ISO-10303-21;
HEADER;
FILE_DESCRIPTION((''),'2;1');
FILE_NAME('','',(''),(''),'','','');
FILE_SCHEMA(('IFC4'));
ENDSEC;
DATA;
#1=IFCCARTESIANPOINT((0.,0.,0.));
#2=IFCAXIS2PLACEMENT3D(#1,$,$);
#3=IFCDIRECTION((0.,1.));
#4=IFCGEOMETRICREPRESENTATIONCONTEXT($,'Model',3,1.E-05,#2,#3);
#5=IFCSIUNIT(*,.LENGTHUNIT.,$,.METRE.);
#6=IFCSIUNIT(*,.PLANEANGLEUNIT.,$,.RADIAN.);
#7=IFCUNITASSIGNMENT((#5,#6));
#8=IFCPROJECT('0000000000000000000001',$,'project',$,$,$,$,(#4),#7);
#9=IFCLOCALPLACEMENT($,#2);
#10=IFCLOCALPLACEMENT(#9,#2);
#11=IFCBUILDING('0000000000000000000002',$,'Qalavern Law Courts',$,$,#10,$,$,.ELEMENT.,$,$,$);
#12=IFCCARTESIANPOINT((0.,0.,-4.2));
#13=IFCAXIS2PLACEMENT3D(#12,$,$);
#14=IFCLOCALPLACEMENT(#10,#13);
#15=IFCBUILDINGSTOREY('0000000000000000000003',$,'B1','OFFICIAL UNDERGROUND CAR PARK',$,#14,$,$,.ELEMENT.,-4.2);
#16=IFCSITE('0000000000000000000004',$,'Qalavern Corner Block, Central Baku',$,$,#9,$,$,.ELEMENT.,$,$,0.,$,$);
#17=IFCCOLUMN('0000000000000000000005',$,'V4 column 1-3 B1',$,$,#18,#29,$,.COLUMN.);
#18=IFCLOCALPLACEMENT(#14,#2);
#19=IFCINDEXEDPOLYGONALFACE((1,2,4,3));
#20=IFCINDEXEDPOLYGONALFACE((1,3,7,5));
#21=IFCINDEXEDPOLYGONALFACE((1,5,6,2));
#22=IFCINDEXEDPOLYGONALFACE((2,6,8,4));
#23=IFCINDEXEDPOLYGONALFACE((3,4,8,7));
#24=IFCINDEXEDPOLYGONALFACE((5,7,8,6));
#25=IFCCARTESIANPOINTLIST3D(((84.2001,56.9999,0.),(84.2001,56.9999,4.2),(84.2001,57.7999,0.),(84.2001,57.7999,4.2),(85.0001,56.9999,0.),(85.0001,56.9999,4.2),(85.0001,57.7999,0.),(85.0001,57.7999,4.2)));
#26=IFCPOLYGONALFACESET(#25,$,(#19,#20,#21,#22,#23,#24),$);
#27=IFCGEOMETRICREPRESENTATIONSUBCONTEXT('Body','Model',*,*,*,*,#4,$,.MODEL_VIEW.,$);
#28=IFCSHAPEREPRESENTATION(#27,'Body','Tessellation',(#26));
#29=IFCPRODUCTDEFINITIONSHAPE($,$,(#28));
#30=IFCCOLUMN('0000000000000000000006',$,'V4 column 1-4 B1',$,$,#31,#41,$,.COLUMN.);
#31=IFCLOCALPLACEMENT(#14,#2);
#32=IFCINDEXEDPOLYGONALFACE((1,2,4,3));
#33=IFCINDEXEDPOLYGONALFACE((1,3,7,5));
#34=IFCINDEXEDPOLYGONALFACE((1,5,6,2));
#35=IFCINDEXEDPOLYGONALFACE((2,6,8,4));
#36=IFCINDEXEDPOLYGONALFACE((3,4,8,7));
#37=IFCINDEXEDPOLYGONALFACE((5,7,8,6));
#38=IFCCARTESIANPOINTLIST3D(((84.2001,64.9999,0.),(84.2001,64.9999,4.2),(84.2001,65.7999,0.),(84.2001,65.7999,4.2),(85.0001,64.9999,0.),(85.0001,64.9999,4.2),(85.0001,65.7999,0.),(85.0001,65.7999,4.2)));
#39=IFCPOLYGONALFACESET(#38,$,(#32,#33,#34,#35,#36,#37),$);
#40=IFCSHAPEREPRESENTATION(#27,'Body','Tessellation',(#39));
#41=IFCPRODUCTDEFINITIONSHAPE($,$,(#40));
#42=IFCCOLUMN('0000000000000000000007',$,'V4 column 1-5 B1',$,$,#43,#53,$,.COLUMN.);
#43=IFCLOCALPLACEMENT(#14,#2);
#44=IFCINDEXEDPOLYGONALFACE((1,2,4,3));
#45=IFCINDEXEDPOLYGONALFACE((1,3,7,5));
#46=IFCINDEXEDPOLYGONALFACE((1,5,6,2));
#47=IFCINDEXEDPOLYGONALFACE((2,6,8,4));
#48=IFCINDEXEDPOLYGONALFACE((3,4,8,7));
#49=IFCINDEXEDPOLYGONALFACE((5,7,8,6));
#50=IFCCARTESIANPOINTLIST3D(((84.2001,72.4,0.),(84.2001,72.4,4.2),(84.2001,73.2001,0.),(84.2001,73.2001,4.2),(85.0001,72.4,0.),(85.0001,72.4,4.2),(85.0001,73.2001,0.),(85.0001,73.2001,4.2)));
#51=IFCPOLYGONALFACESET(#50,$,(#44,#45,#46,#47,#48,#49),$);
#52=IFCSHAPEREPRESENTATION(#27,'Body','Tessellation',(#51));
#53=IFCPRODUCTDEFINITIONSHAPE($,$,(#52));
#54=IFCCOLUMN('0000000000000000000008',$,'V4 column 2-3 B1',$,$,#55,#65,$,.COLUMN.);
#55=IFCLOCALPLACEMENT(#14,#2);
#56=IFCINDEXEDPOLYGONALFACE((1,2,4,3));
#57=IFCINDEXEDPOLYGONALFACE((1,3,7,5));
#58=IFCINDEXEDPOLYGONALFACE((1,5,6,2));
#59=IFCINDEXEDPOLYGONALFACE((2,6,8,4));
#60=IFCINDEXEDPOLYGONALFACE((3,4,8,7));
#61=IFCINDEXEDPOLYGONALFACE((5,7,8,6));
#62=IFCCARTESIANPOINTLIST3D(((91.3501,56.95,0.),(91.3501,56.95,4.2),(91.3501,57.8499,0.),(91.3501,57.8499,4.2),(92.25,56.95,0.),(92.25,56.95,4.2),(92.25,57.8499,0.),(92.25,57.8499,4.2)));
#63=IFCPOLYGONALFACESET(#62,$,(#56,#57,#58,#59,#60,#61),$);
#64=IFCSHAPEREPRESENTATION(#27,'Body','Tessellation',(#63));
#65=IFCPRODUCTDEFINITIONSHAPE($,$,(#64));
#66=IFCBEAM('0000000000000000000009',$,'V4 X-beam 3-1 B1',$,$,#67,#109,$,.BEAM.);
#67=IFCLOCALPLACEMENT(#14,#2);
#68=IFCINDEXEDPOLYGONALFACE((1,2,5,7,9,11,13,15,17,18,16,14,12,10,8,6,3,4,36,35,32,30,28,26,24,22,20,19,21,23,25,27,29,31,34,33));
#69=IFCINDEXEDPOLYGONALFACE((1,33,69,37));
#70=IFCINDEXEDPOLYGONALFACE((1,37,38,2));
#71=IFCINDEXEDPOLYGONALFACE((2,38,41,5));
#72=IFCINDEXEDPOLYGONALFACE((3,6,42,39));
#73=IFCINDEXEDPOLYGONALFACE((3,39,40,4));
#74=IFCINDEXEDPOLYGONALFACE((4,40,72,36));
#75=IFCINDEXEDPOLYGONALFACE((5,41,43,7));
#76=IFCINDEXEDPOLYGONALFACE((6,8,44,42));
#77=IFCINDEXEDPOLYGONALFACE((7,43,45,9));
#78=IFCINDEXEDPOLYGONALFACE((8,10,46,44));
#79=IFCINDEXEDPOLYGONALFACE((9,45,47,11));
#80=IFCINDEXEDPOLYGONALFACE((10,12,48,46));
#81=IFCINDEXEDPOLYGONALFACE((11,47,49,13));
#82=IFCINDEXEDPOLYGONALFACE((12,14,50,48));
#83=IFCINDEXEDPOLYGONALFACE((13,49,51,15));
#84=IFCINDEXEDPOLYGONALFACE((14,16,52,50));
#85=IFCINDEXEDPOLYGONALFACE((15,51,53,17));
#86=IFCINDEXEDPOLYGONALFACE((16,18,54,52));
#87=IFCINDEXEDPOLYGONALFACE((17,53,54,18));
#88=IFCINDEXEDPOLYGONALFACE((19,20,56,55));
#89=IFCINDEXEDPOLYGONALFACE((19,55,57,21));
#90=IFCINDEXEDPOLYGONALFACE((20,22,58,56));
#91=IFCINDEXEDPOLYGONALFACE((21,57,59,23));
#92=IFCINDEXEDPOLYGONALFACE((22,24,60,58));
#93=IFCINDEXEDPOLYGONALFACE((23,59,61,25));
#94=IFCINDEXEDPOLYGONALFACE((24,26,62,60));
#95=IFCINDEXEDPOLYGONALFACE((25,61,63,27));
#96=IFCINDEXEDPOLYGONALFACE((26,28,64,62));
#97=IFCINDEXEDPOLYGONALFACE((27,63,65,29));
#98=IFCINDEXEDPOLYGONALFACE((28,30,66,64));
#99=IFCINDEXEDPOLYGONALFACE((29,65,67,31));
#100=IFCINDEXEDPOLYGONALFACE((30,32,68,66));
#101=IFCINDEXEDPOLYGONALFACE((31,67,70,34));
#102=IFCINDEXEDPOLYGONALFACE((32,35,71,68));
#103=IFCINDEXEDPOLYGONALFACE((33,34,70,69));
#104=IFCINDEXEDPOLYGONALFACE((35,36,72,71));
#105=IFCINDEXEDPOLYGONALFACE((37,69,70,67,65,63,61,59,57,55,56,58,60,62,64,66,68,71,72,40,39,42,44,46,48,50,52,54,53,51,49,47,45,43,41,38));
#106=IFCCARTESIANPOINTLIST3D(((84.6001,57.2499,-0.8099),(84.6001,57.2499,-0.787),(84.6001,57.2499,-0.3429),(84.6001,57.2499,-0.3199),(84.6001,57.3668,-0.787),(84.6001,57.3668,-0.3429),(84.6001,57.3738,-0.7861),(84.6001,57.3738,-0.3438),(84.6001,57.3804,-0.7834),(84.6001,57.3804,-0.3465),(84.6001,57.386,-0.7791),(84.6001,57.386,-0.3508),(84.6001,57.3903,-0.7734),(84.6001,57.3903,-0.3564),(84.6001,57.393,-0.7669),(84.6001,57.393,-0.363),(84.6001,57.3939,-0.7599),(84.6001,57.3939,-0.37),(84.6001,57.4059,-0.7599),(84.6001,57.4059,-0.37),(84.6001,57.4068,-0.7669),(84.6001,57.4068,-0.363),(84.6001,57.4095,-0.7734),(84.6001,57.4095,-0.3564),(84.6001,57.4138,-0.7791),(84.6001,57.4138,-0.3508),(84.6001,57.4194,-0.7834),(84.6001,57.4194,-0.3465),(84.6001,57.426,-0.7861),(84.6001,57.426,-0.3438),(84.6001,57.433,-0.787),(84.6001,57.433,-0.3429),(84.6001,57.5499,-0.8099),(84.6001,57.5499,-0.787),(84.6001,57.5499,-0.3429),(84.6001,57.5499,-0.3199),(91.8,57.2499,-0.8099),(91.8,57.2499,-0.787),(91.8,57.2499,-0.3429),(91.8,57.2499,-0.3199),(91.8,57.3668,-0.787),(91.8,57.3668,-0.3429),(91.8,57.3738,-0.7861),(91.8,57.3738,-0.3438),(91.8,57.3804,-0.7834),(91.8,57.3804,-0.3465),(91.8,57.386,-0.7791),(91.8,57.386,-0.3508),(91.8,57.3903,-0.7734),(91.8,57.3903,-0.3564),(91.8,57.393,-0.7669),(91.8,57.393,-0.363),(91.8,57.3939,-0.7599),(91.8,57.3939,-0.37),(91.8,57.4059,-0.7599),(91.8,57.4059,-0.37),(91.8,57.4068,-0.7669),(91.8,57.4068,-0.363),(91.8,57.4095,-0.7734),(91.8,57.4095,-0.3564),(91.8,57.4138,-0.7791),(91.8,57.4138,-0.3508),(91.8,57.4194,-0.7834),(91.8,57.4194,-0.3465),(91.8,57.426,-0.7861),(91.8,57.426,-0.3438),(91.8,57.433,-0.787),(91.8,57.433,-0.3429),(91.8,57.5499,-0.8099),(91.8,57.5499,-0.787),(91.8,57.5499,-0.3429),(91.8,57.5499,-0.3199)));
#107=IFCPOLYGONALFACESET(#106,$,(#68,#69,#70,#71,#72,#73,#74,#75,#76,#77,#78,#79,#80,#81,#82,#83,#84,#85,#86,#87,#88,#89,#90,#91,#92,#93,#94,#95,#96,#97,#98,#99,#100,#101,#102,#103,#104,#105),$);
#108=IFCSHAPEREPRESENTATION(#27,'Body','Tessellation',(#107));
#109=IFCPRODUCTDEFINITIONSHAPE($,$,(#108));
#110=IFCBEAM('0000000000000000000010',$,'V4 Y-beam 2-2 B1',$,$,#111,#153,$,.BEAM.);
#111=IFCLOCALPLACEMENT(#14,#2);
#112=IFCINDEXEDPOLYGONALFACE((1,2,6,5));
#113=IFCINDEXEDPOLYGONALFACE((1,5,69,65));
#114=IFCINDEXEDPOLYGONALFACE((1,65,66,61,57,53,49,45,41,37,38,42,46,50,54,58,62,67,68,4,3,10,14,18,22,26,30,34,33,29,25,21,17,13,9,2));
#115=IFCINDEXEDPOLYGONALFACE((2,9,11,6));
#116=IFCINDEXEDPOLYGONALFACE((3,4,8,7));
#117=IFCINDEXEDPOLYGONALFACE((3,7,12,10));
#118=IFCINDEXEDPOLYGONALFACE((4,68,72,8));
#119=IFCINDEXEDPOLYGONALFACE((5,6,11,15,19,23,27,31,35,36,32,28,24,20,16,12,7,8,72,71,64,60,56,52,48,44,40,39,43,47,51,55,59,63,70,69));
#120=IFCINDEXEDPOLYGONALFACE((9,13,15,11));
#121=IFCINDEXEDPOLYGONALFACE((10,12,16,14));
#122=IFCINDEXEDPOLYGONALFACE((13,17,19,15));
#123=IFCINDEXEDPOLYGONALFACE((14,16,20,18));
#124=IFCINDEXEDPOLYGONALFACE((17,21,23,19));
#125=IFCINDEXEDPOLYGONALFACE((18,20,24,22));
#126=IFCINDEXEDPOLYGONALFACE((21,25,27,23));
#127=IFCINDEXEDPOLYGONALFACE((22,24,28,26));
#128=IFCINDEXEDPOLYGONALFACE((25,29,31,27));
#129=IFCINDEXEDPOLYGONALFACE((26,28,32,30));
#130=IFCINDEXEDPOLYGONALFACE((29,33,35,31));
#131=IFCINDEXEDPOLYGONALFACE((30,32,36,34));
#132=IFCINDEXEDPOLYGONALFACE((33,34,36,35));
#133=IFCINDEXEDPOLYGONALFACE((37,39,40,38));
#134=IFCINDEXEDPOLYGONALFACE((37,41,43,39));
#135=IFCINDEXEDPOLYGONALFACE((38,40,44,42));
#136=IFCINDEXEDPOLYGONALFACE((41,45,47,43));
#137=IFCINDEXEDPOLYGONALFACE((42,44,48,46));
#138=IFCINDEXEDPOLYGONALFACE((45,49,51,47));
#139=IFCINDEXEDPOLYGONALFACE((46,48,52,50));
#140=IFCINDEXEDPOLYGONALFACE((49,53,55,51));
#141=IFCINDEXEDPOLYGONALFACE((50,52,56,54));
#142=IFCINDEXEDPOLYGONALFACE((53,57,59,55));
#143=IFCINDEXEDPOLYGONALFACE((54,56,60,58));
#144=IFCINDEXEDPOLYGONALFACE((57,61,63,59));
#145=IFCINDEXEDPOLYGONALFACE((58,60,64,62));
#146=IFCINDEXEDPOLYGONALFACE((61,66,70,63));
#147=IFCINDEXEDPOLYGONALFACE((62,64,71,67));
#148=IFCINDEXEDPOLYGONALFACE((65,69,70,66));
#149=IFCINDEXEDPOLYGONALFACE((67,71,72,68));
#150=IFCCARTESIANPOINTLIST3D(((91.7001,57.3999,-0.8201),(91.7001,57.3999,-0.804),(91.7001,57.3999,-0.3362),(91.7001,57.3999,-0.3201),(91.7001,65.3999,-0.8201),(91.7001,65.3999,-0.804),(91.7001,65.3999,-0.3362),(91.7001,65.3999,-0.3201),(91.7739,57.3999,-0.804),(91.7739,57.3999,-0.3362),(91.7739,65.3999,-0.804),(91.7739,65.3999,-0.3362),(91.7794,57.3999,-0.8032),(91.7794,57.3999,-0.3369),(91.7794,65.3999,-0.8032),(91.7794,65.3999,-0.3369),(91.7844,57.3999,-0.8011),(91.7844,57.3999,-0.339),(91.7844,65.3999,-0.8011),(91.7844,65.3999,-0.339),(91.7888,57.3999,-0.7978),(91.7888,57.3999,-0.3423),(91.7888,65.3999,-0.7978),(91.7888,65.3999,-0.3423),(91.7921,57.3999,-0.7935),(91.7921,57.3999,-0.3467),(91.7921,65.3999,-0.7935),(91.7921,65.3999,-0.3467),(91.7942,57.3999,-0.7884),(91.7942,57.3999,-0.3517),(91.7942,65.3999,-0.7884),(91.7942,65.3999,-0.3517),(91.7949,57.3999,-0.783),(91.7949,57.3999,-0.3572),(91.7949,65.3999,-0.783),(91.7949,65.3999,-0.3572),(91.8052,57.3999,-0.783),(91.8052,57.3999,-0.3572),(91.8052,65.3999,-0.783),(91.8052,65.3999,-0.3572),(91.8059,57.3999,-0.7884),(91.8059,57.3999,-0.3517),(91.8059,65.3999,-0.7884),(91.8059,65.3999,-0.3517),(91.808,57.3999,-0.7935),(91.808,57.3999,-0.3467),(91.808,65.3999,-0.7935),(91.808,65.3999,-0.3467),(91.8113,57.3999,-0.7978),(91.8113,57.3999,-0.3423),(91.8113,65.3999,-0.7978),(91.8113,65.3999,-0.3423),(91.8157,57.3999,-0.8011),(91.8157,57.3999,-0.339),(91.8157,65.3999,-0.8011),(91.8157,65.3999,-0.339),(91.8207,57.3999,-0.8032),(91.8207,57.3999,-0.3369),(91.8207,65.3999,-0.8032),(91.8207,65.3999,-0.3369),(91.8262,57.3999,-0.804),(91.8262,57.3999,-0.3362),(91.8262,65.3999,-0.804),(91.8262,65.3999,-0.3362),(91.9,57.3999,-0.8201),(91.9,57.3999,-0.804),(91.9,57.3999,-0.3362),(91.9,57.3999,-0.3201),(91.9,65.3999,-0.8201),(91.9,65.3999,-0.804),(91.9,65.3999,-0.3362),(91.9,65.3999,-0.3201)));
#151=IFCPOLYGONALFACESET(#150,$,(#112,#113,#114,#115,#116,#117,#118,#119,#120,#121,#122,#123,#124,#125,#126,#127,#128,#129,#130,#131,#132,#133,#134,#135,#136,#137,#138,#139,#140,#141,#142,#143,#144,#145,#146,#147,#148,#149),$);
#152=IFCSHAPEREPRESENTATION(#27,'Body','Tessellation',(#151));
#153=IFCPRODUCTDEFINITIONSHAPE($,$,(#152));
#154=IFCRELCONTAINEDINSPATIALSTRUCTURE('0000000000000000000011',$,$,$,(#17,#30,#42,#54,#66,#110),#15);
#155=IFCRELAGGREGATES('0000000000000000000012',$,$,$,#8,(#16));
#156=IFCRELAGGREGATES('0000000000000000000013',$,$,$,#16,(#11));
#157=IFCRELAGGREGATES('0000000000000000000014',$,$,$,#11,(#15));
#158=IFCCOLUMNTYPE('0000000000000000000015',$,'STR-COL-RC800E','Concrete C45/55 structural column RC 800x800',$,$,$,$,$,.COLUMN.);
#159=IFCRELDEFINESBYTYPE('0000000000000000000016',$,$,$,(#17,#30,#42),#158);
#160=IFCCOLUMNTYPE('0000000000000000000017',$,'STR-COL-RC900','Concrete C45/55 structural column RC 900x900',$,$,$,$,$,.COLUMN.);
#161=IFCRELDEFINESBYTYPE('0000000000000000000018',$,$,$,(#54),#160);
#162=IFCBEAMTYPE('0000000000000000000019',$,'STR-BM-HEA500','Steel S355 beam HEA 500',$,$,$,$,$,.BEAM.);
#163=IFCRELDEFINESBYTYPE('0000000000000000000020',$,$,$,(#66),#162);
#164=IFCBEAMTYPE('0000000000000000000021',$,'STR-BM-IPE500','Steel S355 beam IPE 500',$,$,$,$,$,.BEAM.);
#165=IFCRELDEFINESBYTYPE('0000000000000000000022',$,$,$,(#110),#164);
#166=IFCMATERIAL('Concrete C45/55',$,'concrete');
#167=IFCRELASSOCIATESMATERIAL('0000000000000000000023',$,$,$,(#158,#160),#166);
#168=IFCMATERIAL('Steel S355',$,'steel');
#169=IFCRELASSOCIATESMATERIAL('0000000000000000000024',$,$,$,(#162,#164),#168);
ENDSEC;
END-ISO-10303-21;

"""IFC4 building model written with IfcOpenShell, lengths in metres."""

from ifc_helpers import new_model, si_unit, direction, frame, origin, origin_2d, place, context, subcontext, project, spatial, rectangle, i_section, extrude, material, material_profile, profile_set, type_object, element, save


model = new_model("IFC4")

# Units and contexts
model_context = context("Model", 3, precision=1e-05, world=origin(), true_north=direction((0.0, 1.0)))
body_context = subcontext(model_context, "Body", "Model", "MODEL_VIEW")
ifc_project = project(units=[si_unit("LENGTHUNIT", "METRE"), si_unit("PLANEANGLEUNIT", "RADIAN")], contexts=[model_context])

# Site, building, storey
site_placement = place(None, origin())
site = spatial("IfcSite", under=ifc_project, at=site_placement, Name="Qalavern Corner Block, Central Baku", CompositionType="ELEMENT", RefElevation=0.0)
building_placement = place(site_placement, origin())
building = spatial("IfcBuilding", under=site, at=building_placement, Name="Qalavern Law Courts", CompositionType="ELEMENT")
storey_placement = place(building_placement, frame((0.0, 0.0, -4.2)))
storey = spatial("IfcBuildingStorey", under=building, at=storey_placement, Name="B1", Description="OFFICIAL UNDERGROUND CAR PARK", CompositionType="ELEMENT", Elevation=-4.2)

# Columns
ifc_material_1 = material(Name="Concrete C45/55", Category="concrete")
ifc_material_profile_1 = material_profile(ifc_material_1, rectangle(XDim=0.8, YDim=0.8, at=origin_2d()), Name="RC 800x800")
ifc_profile_set_1 = profile_set([ifc_material_profile_1], Name="Concrete C45/55")
column_type_1 = type_object("IfcColumnType", Name="STR-COL-RC800E", Description="Concrete C45/55 structural column RC 800x800", PredefinedType="COLUMN", material=ifc_profile_set_1)
for number, where, z_axis, x_axis, name in (
    (1, (84.6001, 57.3999, 0.0), (0.0, 0.0, 1.0), (1.0, 0.0, 0.0), "V4 column 1-3 B1"),
    (2, (84.6001, 65.3999, 0.0), (0.0, 0.0, 1.0), (1.0, 0.0, 0.0), "V4 column 1-4 B1"),
    (3, (84.6001, 72.8, 0.0), (0.0, 0.0, 1.0), (1.0, 0.0, 0.0), "V4 column 1-5 B1"),
):
    element("IfcColumn", number, at=place(storey_placement, frame(where, z_axis=z_axis, x_axis=x_axis)), inside=storey, type_object=column_type_1, Name=name, PredefinedType="COLUMN", context=body_context, shape_type="SweptSolid", body=[
        extrude(rectangle(XDim=0.8, YDim=0.8, at=origin_2d()), origin(), (0.0, 0.0, 1.0), 4.2),
    ])
ifc_material_profile_2 = material_profile(ifc_material_1, rectangle(XDim=0.8999, YDim=0.8999, at=origin_2d()), Name="RC 900x900")
ifc_profile_set_2 = profile_set([ifc_material_profile_2], Name="Concrete C45/55")
column_type_2 = type_object("IfcColumnType", Name="STR-COL-RC900", Description="Concrete C45/55 structural column RC 900x900", PredefinedType="COLUMN", material=ifc_profile_set_2)
column_placement = place(storey_placement, frame((91.8, 57.3999, 0.0), z_axis=(0.0, 0.0, 1.0), x_axis=(1.0, 0.0, 0.0)))
element("IfcColumn", 4, at=column_placement, inside=storey, type_object=column_type_2, Name="V4 column 2-3 B1", PredefinedType="COLUMN", context=body_context, shape_type="SweptSolid", body=[
    extrude(rectangle(XDim=0.8999, YDim=0.8999, at=origin_2d()), origin(), (0.0, 0.0, 1.0), 4.2),
])

# Beams
ifc_material_2 = material(Name="Steel S355", Category="steel")
ifc_material_profile_3 = material_profile(ifc_material_2, i_section(OverallWidth=0.3, OverallDepth=0.49, WebThickness=0.012, FlangeThickness=0.0229, FilletRadius=0.0271, at=origin_2d()), Name="HEA 500")
ifc_profile_set_3 = profile_set([ifc_material_profile_3], Name="Steel S355")
beam_type_1 = type_object("IfcBeamType", Name="STR-BM-HEA500", Description="Steel S355 beam HEA 500", PredefinedType="BEAM", material=ifc_profile_set_3)
beam_1_placement = place(storey_placement, frame((84.6001, 57.3999, -0.5649), z_axis=(1.0, 0.0, 0.0), x_axis=(0.0, 1.0, 0.0)))
element("IfcBeam", 5, at=beam_1_placement, inside=storey, type_object=beam_type_1, Name="V4 X-beam 3-1 B1", PredefinedType="BEAM", context=body_context, shape_type="SweptSolid", body=[
    extrude(i_section(OverallWidth=0.3, OverallDepth=0.49, WebThickness=0.012, FlangeThickness=0.0229, FilletRadius=0.0271, at=origin_2d()), origin(), (0.0, 0.0, 1.0), 7.2),
])
ifc_material_profile_4 = material_profile(ifc_material_2, i_section(OverallWidth=0.2, OverallDepth=0.5, WebThickness=0.0103, FlangeThickness=0.0161, FilletRadius=0.021, at=origin_2d()), Name="IPE 500")
ifc_profile_set_4 = profile_set([ifc_material_profile_4], Name="Steel S355")
beam_type_2 = type_object("IfcBeamType", Name="STR-BM-IPE500", Description="Steel S355 beam IPE 500", PredefinedType="BEAM", material=ifc_profile_set_4)
beam_2_placement = place(storey_placement, frame((91.8, 57.3999, -0.5701), z_axis=(0.0, 1.0, 0.0), x_axis=(-1.0, 0.0, 0.0)))
element("IfcBeam", 6, at=beam_2_placement, inside=storey, type_object=beam_type_2, Name="V4 Y-beam 2-2 B1", PredefinedType="BEAM", context=body_context, shape_type="SweptSolid", body=[
    extrude(i_section(OverallWidth=0.2, OverallDepth=0.5, WebThickness=0.0103, FlangeThickness=0.0161, FilletRadius=0.021, at=origin_2d()), origin(), (0.0, 0.0, 1.0), 8.0),
])

save(model, "model.ifc")
